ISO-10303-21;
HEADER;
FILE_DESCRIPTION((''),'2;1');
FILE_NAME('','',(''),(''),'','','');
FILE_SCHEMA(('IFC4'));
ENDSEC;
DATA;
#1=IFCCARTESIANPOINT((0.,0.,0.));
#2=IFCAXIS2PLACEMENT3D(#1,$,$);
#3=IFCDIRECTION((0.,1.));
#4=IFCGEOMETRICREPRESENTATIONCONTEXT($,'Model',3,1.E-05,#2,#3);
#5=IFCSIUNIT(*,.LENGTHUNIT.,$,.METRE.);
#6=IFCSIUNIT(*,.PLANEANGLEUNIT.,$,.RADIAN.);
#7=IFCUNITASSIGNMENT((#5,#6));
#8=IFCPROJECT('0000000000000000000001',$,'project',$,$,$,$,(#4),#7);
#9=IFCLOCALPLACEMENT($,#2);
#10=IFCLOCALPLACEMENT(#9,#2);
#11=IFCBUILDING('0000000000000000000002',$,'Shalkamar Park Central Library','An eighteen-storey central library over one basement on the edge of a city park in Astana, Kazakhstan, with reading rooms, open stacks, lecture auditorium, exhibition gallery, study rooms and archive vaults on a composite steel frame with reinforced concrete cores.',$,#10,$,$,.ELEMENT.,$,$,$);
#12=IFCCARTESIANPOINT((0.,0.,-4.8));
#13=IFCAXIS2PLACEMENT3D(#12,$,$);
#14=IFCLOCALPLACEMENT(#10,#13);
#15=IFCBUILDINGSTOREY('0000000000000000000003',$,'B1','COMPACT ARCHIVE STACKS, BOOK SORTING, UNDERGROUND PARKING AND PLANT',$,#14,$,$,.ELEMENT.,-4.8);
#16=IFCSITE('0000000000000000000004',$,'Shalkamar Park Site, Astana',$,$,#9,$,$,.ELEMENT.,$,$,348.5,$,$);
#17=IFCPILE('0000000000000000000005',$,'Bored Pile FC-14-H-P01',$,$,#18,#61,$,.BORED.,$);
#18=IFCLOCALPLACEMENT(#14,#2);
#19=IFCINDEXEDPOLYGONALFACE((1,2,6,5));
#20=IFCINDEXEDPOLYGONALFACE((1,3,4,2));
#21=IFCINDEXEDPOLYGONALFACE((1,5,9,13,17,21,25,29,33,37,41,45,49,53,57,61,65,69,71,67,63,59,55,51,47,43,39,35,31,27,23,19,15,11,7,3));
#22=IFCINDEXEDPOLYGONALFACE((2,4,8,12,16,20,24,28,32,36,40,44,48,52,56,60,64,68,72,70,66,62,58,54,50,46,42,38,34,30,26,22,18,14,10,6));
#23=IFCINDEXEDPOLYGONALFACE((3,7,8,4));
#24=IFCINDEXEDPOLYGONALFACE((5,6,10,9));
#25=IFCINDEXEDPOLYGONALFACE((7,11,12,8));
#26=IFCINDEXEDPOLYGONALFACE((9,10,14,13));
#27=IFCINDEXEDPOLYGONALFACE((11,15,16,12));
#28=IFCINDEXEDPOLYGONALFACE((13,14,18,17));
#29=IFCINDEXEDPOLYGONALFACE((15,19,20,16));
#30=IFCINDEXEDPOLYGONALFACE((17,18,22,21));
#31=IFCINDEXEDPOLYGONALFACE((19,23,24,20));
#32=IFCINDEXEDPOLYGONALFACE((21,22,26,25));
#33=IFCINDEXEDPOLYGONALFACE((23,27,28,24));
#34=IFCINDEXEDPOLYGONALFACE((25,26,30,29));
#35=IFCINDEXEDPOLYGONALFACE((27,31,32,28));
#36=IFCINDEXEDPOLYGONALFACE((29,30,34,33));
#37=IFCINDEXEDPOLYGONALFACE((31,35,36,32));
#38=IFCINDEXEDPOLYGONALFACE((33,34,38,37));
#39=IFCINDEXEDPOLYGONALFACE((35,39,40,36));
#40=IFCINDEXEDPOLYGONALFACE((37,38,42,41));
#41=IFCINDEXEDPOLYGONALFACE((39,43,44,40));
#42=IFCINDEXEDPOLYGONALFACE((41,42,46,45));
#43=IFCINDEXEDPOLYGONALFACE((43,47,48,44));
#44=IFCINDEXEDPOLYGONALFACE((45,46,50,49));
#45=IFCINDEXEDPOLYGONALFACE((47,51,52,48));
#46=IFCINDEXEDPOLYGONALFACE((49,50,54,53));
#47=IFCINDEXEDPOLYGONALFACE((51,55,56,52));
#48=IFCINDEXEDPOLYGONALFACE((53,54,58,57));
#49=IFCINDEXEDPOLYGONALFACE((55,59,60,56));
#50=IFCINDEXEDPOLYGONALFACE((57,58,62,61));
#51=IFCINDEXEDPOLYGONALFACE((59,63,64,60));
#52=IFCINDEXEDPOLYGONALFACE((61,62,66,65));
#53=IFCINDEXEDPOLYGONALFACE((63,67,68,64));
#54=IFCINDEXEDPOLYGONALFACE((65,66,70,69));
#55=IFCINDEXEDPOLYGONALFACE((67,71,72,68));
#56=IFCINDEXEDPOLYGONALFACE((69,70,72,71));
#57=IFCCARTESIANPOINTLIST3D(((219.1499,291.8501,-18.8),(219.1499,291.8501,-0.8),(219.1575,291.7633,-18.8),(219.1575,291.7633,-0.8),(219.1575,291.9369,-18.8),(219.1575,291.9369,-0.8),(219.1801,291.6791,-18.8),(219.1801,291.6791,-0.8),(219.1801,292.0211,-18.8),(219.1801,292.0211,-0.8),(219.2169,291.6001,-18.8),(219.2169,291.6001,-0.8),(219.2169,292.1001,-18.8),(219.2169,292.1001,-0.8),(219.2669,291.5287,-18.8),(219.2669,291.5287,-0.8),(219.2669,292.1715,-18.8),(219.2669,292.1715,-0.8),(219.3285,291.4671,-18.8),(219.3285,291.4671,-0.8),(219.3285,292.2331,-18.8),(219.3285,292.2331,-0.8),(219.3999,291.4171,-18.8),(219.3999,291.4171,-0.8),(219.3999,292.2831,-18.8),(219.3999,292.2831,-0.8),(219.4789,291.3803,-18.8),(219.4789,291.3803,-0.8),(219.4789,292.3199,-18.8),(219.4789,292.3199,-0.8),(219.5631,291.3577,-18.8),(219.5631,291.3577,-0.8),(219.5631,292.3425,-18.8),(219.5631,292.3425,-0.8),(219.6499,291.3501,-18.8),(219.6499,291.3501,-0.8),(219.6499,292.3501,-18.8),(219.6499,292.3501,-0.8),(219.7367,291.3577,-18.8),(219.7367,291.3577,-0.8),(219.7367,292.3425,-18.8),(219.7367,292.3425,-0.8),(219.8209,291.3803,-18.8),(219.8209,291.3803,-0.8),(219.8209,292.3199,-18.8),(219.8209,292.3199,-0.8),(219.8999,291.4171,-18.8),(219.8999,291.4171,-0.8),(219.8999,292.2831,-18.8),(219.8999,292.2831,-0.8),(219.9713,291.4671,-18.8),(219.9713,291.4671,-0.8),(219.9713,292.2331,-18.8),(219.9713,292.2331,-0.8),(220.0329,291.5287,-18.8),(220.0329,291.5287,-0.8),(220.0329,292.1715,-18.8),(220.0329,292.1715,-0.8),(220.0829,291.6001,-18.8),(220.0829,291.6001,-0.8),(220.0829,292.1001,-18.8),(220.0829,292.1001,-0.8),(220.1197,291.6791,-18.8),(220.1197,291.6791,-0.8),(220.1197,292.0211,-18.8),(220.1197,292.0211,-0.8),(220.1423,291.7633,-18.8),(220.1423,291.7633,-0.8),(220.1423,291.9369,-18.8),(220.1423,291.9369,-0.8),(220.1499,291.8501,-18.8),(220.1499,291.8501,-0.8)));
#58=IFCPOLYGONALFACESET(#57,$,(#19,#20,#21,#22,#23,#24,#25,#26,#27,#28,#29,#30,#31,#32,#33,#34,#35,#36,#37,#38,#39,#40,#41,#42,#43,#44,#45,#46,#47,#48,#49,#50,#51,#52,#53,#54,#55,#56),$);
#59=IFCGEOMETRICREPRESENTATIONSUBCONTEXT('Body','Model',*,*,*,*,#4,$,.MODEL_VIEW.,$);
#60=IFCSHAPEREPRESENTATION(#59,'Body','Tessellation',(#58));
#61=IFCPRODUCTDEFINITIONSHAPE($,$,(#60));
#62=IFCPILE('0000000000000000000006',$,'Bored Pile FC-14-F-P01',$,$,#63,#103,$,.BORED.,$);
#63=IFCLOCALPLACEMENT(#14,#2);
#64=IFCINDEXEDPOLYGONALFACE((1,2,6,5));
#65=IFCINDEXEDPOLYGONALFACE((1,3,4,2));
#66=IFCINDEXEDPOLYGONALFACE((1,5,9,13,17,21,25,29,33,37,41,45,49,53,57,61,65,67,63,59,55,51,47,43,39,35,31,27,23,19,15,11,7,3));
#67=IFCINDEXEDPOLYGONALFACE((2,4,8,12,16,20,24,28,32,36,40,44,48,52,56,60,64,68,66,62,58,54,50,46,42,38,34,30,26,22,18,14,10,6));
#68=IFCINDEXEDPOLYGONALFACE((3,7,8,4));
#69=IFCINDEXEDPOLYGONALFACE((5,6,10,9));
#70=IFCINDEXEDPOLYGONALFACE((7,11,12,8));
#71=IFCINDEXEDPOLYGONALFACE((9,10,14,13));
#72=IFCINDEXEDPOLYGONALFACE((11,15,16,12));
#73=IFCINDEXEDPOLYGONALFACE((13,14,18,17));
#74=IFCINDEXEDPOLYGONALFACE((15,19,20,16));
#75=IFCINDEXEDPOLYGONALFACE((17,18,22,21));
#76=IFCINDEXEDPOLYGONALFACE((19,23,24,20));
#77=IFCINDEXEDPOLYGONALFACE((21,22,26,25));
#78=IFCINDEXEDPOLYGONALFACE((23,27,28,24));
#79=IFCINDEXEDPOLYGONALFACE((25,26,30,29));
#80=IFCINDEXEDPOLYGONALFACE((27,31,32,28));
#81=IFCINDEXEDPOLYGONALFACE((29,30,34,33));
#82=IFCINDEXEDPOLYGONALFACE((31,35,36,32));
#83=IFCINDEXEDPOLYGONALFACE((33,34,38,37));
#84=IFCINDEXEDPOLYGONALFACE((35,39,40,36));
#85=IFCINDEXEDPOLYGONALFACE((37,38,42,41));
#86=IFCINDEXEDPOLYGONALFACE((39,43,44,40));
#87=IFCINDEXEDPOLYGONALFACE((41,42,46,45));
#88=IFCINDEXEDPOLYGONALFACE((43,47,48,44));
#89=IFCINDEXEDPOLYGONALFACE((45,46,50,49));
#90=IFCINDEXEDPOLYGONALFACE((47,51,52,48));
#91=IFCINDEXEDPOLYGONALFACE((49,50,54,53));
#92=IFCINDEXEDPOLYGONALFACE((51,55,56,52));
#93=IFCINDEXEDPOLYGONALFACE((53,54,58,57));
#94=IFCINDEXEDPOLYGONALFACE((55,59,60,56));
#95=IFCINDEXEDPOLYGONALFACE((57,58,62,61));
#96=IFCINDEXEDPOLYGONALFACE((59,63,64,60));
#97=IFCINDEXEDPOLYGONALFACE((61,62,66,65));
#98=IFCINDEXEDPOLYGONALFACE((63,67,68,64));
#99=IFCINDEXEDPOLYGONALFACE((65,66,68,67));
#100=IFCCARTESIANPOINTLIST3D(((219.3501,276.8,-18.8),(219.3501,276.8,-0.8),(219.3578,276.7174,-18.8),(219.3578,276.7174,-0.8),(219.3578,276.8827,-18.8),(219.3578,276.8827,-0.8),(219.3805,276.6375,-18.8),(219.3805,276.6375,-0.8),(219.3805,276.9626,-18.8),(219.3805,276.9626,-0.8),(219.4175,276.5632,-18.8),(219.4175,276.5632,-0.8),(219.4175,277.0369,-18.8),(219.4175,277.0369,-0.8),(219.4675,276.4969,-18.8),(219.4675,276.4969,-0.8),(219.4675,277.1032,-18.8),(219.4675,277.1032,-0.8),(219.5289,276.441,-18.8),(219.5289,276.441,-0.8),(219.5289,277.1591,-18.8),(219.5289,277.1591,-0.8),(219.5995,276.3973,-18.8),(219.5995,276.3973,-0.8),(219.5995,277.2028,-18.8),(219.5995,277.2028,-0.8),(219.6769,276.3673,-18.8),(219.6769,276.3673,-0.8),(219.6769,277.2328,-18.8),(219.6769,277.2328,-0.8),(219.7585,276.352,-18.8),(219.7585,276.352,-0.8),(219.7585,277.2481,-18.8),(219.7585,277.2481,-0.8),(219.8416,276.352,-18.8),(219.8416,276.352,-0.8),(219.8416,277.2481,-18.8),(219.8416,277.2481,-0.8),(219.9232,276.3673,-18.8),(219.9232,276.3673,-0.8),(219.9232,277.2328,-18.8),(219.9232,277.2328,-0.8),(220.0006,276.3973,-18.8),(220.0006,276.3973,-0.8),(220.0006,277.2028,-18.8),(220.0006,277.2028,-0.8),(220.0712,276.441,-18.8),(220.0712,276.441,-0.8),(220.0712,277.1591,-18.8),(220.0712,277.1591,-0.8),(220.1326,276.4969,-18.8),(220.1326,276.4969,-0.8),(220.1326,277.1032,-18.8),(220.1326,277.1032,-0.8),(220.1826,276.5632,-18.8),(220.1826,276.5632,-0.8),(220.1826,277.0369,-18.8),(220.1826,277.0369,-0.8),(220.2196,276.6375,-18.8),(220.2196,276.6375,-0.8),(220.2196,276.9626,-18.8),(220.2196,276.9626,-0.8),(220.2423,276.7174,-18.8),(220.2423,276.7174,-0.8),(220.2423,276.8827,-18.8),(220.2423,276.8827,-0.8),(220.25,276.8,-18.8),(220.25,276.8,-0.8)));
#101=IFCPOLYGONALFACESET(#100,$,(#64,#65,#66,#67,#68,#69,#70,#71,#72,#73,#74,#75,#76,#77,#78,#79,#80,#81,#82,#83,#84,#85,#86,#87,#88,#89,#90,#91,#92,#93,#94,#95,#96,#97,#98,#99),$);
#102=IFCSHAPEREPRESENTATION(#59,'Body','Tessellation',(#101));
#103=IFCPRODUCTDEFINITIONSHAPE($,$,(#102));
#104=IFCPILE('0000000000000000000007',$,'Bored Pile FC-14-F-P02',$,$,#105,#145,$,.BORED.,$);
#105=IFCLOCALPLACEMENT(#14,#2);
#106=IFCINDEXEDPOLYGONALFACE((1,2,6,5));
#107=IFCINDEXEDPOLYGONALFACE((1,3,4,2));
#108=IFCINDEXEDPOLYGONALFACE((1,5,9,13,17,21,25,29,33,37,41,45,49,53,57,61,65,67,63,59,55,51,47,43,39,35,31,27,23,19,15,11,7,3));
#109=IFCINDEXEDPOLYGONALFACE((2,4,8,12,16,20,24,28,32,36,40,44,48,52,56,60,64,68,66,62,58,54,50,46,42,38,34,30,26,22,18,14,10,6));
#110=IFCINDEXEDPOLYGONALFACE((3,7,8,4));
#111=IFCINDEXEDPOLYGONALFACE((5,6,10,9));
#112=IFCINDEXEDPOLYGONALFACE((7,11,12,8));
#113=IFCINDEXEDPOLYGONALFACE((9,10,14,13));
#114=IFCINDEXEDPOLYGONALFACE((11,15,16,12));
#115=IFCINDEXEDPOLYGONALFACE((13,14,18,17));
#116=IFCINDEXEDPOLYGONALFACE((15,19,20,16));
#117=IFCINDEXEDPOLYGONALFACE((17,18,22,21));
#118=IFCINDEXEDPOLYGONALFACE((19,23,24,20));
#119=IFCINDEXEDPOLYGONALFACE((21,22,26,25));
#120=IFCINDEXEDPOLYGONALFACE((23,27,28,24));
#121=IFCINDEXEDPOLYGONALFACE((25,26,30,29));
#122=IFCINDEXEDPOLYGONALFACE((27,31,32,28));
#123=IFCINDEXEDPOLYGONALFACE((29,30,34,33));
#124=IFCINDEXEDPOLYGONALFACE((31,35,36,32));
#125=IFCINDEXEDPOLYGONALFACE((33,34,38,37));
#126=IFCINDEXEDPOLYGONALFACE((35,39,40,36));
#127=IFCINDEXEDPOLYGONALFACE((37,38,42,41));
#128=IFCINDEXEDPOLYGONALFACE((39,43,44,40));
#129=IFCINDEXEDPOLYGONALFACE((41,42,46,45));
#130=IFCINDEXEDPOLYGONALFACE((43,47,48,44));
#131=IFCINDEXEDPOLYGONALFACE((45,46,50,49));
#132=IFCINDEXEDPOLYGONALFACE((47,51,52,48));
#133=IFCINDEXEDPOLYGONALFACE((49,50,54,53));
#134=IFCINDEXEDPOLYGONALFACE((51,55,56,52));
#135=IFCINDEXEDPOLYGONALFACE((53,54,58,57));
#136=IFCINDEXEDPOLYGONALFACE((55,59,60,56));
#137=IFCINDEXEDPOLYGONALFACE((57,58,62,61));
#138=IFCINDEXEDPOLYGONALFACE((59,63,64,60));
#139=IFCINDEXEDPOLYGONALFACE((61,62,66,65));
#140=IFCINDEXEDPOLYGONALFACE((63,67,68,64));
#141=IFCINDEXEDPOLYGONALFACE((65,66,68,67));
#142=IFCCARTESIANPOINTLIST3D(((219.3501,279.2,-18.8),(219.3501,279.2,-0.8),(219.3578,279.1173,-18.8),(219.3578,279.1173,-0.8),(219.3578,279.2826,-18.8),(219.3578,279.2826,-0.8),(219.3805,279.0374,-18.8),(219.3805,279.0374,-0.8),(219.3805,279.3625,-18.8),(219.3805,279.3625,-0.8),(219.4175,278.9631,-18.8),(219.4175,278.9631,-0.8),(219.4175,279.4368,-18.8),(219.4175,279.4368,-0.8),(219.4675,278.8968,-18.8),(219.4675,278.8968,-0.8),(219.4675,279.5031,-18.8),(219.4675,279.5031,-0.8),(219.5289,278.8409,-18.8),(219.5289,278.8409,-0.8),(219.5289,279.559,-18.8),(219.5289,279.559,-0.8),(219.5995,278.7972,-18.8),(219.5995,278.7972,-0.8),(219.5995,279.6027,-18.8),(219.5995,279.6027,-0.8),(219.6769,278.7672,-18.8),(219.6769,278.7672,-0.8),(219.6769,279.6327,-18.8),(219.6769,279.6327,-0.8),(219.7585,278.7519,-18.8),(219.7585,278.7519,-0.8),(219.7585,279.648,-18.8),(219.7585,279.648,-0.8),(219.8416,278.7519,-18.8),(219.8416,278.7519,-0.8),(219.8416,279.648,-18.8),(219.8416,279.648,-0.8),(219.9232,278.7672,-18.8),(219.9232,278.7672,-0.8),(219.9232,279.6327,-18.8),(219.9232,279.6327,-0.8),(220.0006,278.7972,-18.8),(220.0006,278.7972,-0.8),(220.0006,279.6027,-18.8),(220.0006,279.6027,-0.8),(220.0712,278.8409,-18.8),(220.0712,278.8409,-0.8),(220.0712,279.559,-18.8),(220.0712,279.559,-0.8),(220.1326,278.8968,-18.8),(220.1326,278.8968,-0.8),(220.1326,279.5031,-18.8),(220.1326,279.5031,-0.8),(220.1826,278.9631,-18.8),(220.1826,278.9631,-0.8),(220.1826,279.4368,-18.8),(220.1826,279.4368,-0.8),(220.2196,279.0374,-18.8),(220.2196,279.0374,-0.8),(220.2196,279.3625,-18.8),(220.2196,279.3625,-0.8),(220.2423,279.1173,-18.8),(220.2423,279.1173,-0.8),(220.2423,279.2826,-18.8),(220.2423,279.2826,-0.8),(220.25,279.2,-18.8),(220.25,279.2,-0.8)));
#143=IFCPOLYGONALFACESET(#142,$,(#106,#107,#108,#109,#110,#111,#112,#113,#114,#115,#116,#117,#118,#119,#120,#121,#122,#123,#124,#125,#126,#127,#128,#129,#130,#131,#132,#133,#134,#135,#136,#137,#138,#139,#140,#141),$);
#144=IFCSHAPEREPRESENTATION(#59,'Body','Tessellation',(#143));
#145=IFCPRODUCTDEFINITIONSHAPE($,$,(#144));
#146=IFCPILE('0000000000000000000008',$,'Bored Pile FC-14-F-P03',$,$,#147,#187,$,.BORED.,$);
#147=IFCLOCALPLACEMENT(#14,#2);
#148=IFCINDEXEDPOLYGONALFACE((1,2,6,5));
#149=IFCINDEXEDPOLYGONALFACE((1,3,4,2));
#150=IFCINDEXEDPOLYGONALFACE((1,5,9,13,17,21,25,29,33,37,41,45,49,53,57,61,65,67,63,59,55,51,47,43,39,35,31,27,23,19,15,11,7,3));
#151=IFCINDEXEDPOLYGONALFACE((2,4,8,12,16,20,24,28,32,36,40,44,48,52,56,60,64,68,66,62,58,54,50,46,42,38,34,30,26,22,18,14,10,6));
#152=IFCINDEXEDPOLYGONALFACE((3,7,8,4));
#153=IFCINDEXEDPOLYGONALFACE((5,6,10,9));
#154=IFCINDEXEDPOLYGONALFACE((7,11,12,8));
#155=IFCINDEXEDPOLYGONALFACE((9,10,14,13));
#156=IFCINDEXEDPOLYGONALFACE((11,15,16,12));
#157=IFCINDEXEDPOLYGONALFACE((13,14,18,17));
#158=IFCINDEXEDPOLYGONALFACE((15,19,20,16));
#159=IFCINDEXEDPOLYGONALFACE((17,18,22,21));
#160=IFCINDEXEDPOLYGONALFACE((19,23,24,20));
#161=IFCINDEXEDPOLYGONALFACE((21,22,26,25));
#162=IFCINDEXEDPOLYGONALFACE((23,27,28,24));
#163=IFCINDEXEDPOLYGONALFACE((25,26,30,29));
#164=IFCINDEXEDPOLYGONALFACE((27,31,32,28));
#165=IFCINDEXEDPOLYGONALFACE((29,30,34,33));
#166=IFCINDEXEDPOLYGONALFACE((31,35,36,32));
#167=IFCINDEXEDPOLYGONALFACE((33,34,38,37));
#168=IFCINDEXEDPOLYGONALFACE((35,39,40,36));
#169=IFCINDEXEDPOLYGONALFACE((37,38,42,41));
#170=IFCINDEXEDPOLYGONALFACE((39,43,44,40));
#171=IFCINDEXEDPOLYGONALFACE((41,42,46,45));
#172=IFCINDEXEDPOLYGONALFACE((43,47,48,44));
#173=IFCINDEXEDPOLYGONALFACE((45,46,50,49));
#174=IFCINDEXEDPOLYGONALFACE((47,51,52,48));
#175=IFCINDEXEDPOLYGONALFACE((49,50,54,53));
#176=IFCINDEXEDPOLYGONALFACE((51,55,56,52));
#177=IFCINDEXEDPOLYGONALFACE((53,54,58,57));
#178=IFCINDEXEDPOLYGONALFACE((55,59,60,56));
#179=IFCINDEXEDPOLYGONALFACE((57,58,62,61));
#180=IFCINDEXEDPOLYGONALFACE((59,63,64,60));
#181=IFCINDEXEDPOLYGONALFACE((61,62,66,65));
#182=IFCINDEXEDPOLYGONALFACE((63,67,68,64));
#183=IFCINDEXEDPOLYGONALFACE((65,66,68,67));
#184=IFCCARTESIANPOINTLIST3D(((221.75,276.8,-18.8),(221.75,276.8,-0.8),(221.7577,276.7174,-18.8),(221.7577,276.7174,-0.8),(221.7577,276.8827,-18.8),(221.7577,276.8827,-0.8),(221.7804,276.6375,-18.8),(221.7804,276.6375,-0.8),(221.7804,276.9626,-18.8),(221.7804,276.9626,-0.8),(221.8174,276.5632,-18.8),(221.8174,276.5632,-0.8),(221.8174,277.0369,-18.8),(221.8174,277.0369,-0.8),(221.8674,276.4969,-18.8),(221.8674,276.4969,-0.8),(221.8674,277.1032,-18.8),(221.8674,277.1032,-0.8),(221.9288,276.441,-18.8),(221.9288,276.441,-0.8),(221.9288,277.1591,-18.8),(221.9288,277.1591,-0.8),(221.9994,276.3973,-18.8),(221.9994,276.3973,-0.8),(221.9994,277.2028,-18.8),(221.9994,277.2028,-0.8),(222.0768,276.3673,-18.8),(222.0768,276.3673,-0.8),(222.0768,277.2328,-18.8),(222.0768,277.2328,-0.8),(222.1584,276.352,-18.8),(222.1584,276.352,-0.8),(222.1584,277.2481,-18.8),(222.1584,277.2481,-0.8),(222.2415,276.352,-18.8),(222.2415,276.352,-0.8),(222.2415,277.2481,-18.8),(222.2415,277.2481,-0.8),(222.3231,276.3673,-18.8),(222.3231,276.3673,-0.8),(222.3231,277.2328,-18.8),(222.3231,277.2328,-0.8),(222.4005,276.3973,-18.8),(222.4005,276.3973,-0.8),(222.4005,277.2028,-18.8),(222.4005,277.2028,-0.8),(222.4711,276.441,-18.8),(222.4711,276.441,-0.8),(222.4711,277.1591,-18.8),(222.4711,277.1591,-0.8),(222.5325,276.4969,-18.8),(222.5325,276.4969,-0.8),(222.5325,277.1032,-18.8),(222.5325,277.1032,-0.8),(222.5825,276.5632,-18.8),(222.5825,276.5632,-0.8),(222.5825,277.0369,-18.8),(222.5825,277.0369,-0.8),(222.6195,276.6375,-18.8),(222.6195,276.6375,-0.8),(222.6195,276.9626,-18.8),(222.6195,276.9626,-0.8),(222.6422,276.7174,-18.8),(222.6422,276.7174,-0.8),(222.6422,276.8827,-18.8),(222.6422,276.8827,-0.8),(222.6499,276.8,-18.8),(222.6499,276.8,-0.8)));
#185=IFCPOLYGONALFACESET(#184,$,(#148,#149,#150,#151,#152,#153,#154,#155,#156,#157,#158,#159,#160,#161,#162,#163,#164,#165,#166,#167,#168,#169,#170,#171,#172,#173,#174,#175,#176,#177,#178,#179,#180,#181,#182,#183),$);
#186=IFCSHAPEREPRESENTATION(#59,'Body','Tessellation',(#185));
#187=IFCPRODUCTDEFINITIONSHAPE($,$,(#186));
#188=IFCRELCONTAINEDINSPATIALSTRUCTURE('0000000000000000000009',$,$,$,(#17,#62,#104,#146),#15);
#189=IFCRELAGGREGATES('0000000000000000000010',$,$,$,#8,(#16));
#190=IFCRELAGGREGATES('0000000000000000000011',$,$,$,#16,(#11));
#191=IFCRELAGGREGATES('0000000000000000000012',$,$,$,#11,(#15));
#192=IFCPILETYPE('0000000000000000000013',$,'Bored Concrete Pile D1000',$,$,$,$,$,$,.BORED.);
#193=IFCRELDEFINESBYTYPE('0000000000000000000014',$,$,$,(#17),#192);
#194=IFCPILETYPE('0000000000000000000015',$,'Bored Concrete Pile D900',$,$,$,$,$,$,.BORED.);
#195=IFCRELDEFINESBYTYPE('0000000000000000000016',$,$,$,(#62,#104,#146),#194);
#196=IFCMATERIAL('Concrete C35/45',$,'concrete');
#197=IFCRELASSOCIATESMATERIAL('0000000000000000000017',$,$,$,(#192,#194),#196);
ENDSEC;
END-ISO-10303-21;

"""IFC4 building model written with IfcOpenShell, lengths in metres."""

from ifc_helpers import new_model, si_unit, direction, frame, origin, origin_2d, place, context, subcontext, project, spatial, circle, extrude, material, material_profile, profile_set, type_object, element, save


model = new_model("IFC4")

# Units and contexts
model_context = context("Model", 3, precision=1e-05, world=origin(), true_north=direction((0.0, 1.0)))
body_context = subcontext(model_context, "Body", "Model", "MODEL_VIEW")
ifc_project = project(units=[si_unit("LENGTHUNIT", "METRE"), si_unit("PLANEANGLEUNIT", "RADIAN")], contexts=[model_context])

# Site, building, storey
site_placement = place(None, origin())
site = spatial("IfcSite", under=ifc_project, at=site_placement, Name="Shalkamar Park Site, Astana", CompositionType="ELEMENT", RefElevation=348.5)
building_placement = place(site_placement, origin())
building = spatial("IfcBuilding", under=site, at=building_placement, Name="Shalkamar Park Central Library", Description="An eighteen-storey central library over one basement on the edge of a city park in Astana, Kazakhstan, with reading rooms, open stacks, lecture auditorium, exhibition gallery, study rooms and archive vaults on a composite steel frame with reinforced concrete cores.", CompositionType="ELEMENT")
storey_placement = place(building_placement, frame((0.0, 0.0, -4.8)))
storey = spatial("IfcBuildingStorey", under=building, at=storey_placement, Name="B1", Description="COMPACT ARCHIVE STACKS, BOOK SORTING, UNDERGROUND PARKING AND PLANT", CompositionType="ELEMENT", Elevation=-4.8)

# Piles
ifc_material_1 = material(Name="Concrete C35/45", Category="concrete")
ifc_material_profile_1 = material_profile(ifc_material_1, circle(Radius=0.5, at=origin_2d()), Name="PILE D1000")
ifc_profile_set_1 = profile_set([ifc_material_profile_1], Name="Concrete C35/45")
pile_type_1 = type_object("IfcPileType", Name="Bored Concrete Pile D1000", PredefinedType="BORED", material=ifc_profile_set_1)
pile_placement = place(storey_placement, frame((219.6499, 291.8501, -0.8), z_axis=(0.0, 0.0, -1.0), x_axis=(1.0, 0.0, 0.0)))
element("IfcPile", 1, at=pile_placement, inside=storey, type_object=pile_type_1, Name="Bored Pile FC-14-H-P01", PredefinedType="BORED", context=body_context, shape_type="SweptSolid", body=[
    extrude(circle(Radius=0.5, at=origin_2d()), origin(), (0.0, 0.0, 1.0), 18.0),
])
ifc_material_profile_2 = material_profile(ifc_material_1, circle(Radius=0.45, at=origin_2d()), Name="PILE D900")
ifc_profile_set_2 = profile_set([ifc_material_profile_2], Name="Concrete C35/45")
pile_type_2 = type_object("IfcPileType", Name="Bored Concrete Pile D900", PredefinedType="BORED", material=ifc_profile_set_2)
for number, where, z_axis, x_axis, name in (
    (2, (219.8, 276.8, -0.8), (0.0, 0.0, -1.0), (1.0, 0.0, 0.0), "Bored Pile FC-14-F-P01"),
    (3, (219.8, 279.2, -0.8), (0.0, 0.0, -1.0), (1.0, 0.0, 0.0), "Bored Pile FC-14-F-P02"),
    (4, (222.2, 276.8, -0.8), (0.0, 0.0, -1.0), (1.0, 0.0, 0.0), "Bored Pile FC-14-F-P03"),
):
    element("IfcPile", number, at=place(storey_placement, frame(where, z_axis=z_axis, x_axis=x_axis)), inside=storey, type_object=pile_type_2, Name=name, PredefinedType="BORED", context=body_context, shape_type="SweptSolid", body=[
        extrude(circle(Radius=0.45, at=origin_2d()), origin(), (0.0, 0.0, 1.0), 18.0),
    ])

save(model, "model.ifc")
